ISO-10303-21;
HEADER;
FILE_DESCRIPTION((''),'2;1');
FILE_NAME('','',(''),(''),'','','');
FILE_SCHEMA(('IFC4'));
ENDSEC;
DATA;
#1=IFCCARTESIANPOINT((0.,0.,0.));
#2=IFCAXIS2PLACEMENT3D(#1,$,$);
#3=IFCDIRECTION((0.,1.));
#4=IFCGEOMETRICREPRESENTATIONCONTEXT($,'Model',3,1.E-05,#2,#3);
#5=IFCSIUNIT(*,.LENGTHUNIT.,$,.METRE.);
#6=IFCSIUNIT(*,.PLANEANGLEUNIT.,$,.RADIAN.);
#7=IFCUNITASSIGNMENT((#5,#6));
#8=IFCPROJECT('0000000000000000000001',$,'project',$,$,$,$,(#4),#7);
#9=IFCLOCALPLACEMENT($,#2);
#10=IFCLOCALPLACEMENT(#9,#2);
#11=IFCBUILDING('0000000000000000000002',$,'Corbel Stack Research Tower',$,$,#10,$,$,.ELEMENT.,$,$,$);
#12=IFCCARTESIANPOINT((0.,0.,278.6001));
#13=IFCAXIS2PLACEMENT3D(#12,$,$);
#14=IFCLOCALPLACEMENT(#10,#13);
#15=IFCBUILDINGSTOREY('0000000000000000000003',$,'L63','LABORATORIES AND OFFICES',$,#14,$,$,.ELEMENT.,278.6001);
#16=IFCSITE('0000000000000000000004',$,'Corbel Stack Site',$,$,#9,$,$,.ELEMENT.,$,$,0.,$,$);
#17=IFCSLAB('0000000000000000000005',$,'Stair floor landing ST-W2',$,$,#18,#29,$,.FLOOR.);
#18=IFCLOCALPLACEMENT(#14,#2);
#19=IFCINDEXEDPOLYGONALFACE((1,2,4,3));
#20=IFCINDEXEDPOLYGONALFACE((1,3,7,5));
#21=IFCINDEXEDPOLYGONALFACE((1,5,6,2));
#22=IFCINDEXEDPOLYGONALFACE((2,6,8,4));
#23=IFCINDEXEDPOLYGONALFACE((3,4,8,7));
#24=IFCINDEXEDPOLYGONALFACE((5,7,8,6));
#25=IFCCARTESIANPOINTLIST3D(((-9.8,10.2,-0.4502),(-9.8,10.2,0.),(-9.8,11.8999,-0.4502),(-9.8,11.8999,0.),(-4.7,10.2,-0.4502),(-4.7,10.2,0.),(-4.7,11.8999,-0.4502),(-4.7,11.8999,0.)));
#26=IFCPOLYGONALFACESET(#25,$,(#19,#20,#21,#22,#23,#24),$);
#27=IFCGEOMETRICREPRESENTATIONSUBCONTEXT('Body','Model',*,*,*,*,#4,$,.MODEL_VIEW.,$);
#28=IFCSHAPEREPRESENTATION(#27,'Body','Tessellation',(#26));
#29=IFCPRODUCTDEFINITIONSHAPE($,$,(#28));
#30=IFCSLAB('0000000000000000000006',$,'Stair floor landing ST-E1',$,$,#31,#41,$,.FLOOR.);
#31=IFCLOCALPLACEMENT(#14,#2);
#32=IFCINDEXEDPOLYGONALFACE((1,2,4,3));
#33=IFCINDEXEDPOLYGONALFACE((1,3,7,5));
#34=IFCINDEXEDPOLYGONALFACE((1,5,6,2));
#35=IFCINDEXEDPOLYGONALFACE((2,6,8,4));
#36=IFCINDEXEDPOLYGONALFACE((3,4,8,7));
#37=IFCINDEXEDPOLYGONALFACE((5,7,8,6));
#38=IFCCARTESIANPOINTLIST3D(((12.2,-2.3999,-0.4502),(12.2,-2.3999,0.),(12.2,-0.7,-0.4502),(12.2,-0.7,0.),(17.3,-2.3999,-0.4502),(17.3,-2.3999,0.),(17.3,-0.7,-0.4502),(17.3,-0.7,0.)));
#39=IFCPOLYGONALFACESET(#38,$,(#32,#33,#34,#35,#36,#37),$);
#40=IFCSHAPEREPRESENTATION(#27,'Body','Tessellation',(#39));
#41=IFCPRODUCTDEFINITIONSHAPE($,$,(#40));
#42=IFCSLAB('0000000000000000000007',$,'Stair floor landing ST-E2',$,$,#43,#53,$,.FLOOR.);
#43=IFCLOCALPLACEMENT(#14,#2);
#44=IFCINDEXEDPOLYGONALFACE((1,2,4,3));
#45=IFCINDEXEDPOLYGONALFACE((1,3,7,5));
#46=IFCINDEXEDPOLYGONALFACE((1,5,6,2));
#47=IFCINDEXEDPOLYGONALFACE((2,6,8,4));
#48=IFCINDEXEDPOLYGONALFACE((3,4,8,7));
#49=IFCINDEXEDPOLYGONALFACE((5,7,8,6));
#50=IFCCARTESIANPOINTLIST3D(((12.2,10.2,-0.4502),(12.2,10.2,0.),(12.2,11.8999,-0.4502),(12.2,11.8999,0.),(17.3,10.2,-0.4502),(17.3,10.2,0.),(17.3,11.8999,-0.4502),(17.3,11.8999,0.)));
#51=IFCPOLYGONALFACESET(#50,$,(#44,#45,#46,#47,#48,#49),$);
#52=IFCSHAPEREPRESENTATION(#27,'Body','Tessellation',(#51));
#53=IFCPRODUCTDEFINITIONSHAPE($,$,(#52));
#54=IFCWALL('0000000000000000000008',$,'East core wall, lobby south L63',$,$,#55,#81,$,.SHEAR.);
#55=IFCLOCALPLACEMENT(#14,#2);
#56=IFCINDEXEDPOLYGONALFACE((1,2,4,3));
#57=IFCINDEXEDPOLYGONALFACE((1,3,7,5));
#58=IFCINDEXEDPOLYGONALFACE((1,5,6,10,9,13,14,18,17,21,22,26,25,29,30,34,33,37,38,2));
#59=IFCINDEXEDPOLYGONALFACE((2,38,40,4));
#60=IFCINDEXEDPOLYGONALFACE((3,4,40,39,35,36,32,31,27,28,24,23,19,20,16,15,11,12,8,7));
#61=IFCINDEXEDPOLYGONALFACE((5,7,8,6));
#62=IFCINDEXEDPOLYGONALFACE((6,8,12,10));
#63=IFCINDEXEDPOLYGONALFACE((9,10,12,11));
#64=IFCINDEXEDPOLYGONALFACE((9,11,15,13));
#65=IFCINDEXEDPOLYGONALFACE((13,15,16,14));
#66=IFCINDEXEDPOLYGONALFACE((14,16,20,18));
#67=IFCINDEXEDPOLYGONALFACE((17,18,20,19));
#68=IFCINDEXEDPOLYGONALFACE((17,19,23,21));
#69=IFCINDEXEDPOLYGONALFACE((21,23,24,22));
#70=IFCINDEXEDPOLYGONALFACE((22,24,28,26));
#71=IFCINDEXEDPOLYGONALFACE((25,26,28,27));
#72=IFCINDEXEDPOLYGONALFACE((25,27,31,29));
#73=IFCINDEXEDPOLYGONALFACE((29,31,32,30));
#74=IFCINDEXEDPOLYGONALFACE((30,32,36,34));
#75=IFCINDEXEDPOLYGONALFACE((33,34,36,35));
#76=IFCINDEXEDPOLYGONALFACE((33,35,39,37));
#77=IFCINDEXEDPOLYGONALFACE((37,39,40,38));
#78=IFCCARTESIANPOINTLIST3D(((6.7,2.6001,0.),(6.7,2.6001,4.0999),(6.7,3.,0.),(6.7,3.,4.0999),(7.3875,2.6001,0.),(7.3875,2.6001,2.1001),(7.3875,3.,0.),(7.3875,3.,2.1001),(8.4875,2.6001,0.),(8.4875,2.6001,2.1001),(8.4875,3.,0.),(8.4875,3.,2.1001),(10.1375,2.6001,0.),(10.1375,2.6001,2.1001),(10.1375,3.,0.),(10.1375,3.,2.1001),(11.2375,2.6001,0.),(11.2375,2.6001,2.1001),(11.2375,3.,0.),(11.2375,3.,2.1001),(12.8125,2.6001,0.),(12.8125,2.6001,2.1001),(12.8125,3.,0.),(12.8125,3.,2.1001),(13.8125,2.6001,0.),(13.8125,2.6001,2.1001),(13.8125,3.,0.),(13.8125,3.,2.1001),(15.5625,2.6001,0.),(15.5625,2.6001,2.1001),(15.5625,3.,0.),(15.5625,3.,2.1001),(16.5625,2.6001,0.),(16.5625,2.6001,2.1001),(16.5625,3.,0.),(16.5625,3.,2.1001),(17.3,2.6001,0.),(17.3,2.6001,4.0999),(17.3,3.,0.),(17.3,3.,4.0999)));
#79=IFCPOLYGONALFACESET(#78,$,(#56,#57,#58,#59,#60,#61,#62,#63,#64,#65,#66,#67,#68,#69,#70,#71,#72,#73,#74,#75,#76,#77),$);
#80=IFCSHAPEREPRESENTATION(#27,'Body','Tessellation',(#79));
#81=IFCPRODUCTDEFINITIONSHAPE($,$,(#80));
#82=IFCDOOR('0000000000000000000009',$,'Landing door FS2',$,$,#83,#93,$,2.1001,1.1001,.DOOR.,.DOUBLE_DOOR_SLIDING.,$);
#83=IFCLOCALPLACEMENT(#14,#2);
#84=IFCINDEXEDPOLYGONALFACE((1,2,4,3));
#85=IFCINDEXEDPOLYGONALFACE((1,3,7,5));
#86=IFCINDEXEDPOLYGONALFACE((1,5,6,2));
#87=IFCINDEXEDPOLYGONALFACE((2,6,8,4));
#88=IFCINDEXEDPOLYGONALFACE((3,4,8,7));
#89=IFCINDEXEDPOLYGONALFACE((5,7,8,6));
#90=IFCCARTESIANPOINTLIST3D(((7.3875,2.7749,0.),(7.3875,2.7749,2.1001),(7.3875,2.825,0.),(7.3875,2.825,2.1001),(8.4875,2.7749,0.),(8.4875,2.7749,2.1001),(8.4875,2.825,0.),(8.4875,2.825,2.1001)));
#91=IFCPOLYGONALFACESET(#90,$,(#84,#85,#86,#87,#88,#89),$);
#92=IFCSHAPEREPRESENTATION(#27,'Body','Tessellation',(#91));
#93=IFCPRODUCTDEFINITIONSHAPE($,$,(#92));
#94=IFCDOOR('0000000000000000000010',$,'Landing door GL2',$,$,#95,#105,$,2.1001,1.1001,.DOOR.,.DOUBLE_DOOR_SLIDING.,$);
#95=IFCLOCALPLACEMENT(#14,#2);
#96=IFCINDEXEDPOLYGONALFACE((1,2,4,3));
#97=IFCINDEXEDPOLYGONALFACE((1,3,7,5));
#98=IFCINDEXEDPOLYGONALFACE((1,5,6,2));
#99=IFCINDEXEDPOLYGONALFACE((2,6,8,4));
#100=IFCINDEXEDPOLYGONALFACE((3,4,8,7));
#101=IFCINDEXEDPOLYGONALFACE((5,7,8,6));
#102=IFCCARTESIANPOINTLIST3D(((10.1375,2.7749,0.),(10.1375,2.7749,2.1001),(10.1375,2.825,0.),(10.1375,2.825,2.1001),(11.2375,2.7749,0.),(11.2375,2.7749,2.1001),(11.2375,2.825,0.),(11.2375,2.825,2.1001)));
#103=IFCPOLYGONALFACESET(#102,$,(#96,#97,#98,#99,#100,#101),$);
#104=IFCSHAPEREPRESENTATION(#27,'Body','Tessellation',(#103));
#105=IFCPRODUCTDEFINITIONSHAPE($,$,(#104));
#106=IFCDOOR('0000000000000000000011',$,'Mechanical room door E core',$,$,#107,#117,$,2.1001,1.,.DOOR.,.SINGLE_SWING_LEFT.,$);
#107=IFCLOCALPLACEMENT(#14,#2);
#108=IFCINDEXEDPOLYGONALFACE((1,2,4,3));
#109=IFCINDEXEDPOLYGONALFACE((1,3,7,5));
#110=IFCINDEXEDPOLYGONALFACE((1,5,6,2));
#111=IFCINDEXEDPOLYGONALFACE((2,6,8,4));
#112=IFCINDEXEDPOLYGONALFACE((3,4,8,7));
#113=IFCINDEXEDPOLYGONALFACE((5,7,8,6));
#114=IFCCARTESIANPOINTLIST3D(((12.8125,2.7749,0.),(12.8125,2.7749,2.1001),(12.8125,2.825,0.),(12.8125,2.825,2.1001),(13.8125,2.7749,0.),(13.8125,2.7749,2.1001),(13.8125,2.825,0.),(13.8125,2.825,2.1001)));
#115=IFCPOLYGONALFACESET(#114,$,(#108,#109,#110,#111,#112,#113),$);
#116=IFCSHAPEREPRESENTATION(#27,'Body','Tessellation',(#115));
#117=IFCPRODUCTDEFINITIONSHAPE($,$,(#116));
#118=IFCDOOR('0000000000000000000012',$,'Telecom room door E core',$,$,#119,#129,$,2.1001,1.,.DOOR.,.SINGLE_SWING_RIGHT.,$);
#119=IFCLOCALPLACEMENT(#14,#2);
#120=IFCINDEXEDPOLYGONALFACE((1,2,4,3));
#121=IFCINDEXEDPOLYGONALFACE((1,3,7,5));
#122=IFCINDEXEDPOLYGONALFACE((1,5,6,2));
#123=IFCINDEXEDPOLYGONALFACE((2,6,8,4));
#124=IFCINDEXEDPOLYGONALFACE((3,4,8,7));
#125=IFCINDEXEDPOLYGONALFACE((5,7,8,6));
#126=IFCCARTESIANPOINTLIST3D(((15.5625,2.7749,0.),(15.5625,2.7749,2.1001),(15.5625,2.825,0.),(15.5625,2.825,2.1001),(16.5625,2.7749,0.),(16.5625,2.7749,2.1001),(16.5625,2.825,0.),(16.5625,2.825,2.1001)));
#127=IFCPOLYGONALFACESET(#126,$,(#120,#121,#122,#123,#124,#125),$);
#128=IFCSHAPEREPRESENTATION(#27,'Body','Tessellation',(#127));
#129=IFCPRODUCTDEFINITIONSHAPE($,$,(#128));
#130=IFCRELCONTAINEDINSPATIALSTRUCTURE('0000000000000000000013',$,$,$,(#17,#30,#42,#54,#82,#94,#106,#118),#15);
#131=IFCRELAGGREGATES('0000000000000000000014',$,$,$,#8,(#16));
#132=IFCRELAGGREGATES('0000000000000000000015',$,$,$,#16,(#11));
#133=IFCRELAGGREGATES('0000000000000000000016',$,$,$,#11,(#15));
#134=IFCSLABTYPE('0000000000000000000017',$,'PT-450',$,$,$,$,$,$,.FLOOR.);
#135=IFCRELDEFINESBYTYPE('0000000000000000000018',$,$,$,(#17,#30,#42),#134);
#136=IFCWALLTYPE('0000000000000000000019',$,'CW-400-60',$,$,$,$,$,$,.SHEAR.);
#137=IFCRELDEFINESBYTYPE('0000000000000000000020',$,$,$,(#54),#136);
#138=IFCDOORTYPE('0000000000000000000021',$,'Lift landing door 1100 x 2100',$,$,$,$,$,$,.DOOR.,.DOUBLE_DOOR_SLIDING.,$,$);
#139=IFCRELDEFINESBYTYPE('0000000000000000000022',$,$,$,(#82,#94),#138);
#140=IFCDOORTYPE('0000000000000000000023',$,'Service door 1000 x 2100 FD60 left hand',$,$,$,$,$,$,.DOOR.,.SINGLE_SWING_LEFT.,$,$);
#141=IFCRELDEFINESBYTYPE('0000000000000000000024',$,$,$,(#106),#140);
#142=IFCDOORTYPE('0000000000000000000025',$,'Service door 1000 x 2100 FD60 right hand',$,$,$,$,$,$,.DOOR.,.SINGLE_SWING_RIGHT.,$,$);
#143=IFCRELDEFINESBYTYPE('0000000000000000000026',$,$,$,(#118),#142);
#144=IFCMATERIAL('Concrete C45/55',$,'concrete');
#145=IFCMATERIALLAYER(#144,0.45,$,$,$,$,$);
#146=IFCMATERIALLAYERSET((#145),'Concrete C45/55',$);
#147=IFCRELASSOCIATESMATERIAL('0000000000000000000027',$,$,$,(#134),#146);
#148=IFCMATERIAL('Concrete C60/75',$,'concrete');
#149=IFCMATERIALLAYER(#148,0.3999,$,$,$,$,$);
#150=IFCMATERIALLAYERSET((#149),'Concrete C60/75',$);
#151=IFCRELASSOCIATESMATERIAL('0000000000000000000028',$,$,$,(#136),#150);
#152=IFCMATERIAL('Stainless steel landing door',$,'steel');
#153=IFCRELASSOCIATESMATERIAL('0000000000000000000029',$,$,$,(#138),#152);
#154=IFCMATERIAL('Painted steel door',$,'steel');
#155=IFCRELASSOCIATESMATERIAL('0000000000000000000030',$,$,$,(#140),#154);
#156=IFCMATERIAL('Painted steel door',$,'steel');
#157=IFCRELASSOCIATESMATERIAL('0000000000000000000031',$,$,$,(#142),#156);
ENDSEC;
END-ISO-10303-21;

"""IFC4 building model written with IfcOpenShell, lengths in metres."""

from ifc_helpers import new_model, si_unit, direction, frame, frame_2d, origin, place, context, subcontext, project, spatial, polyline, rectangle, outline, extrude, material, layer, layer_set, type_object, element, fill, save


model = new_model("IFC4")

# Units and contexts
model_context = context("Model", 3, precision=1e-05, world=origin(), true_north=direction((0.0, 1.0)))
body_context = subcontext(model_context, "Body", "Model", "MODEL_VIEW")
ifc_project = project(units=[si_unit("LENGTHUNIT", "METRE"), si_unit("PLANEANGLEUNIT", "RADIAN")], contexts=[model_context])

# Site, building, storey
site_placement = place(None, origin())
site = spatial("IfcSite", under=ifc_project, at=site_placement, Name="Corbel Stack Site", CompositionType="ELEMENT", RefElevation=0.0)
building_placement = place(site_placement, origin())
building = spatial("IfcBuilding", under=site, at=building_placement, Name="Corbel Stack Research Tower", CompositionType="ELEMENT")
storey_placement = place(building_placement, frame((0.0, 0.0, 278.6001)))
storey = spatial("IfcBuildingStorey", under=building, at=storey_placement, Name="L63", Description="LABORATORIES AND OFFICES", CompositionType="ELEMENT", Elevation=278.6001)

# Slabs
ifc_material_1 = material(Name="Concrete C45/55", Category="concrete")
ifc_layer_1 = layer(ifc_material_1, 0.45)
ifc_layer_set_1 = layer_set([ifc_layer_1], Name="Concrete C45/55")
slab_type = type_object("IfcSlabType", Name="PT-450", PredefinedType="FLOOR", material=ifc_layer_set_1)
slab_1_placement = place(storey_placement, frame((0.0, 0.0, -0.4502)))
element("IfcSlab", 1, at=slab_1_placement, inside=storey, type_object=slab_type, Name="Stair floor landing ST-W2", PredefinedType="FLOOR", context=body_context, shape_type="SweptSolid", body=[
    extrude(outline(polyline([(-9.8, 10.2), (-4.7, 10.2), (-4.7, 11.8999), (-9.8, 11.8999), (-9.8, 10.2)])), origin(), (0.0, 0.0, 1.0), 0.4502),
])
slab_2_placement = place(storey_placement, frame((0.0, 0.0, -0.4502)))
element("IfcSlab", 2, at=slab_2_placement, inside=storey, type_object=slab_type, Name="Stair floor landing ST-E1", PredefinedType="FLOOR", context=body_context, shape_type="SweptSolid", body=[
    extrude(outline(polyline([(12.2, -2.3999), (17.3, -2.3999), (17.3, -0.7), (12.2, -0.7), (12.2, -2.3999)])), origin(), (0.0, 0.0, 1.0), 0.4502),
])
slab_3_placement = place(storey_placement, frame((0.0, 0.0, -0.4502)))
element("IfcSlab", 3, at=slab_3_placement, inside=storey, type_object=slab_type, Name="Stair floor landing ST-E2", PredefinedType="FLOOR", context=body_context, shape_type="SweptSolid", body=[
    extrude(outline(polyline([(12.2, 10.2), (17.3, 10.2), (17.3, 11.8999), (12.2, 11.8999), (12.2, 10.2)])), origin(), (0.0, 0.0, 1.0), 0.4502),
])

# Wall, openings, doors
ifc_material_2 = material(Name="Concrete C60/75", Category="concrete")
ifc_layer_2 = layer(ifc_material_2, 0.3999)
ifc_layer_set_2 = layer_set([ifc_layer_2], Name="Concrete C60/75")
wall_type_1 = type_object("IfcWallType", Name="CW-400-60", PredefinedType="SHEAR", material=ifc_layer_set_2)
wall_1_placement = place(storey_placement, frame((6.7, 2.8, 0.0), z_axis=(0.0, 0.0, 1.0), x_axis=(1.0, 0.0, 0.0)))
wall_1 = element("IfcWall", 4, at=wall_1_placement, inside=storey, type_object=wall_type_1, Name="East core wall, lobby south L63", PredefinedType="SHEAR", context=body_context, shape_type="SweptSolid", body=[
    extrude(rectangle(XDim=10.6001, YDim=0.3999, at=frame_2d((5.3, 0.0))), origin(), (0.0, 0.0, 1.0), 4.0999),
])
opening_1_placement = place(wall_1_placement, frame((0.6875, 0.0, 0.0)))
opening_1 = element("IfcOpeningElement", 5, at=opening_1_placement, cuts=wall_1, PredefinedType="OPENING", context=body_context, shape_type="SweptSolid", body=[
    extrude(rectangle(XDim=1.1001, YDim=2.1001, at=frame_2d((0.55, 1.05))), frame((0.0, 0.21, 0.0), z_axis=(0.0, -1.0, 0.0), x_axis=(1.0, 0.0, 0.0)), (0.0, 0.0, 1.0), 0.4199),
])
opening_2_placement = place(wall_1_placement, frame((3.4375, 0.0, 0.0)))
opening_2 = element("IfcOpeningElement", 6, at=opening_2_placement, cuts=wall_1, PredefinedType="OPENING", context=body_context, shape_type="SweptSolid", body=[
    extrude(rectangle(XDim=1.1001, YDim=2.1001, at=frame_2d((0.55, 1.05))), frame((0.0, 0.21, 0.0), z_axis=(0.0, -1.0, 0.0), x_axis=(1.0, 0.0, 0.0)), (0.0, 0.0, 1.0), 0.4199),
])
opening_3_placement = place(wall_1_placement, frame((6.1125, 0.0, 0.0)))
opening_3 = element("IfcOpeningElement", 7, at=opening_3_placement, cuts=wall_1, PredefinedType="OPENING", context=body_context, shape_type="SweptSolid", body=[
    extrude(rectangle(XDim=1.0, YDim=2.1001, at=frame_2d((0.5, 1.05))), frame((0.0, 0.21, 0.0), z_axis=(0.0, -1.0, 0.0), x_axis=(1.0, 0.0, 0.0)), (0.0, 0.0, 1.0), 0.4199),
])
opening_4_placement = place(wall_1_placement, frame((8.8625, 0.0, 0.0)))
opening_4 = element("IfcOpeningElement", 8, at=opening_4_placement, cuts=wall_1, PredefinedType="OPENING", context=body_context, shape_type="SweptSolid", body=[
    extrude(rectangle(XDim=1.0, YDim=2.1001, at=frame_2d((0.5, 1.05))), frame((0.0, 0.21, 0.0), z_axis=(0.0, -1.0, 0.0), x_axis=(1.0, 0.0, 0.0)), (0.0, 0.0, 1.0), 0.4199),
])
ifc_material_3 = material(Name="Stainless steel landing door", Category="steel")
door_type_1 = type_object("IfcDoorType", Name="Lift landing door 1100 x 2100", OperationType="DOUBLE_DOOR_SLIDING", PredefinedType="DOOR", material=ifc_material_3)
door_1_placement = place(opening_1_placement, origin())
door_1 = element("IfcDoor", 9, at=door_1_placement, inside=storey, type_object=door_type_1, Name="Landing door FS2", OperationType="DOUBLE_DOOR_SLIDING", OverallHeight=2.1001, OverallWidth=1.1001, PredefinedType="DOOR", context=body_context, shape_type="SweptSolid", body=[
    extrude(rectangle(XDim=1.1001, YDim=2.1001, at=frame_2d((0.55, 1.05))), frame((0.0, 0.0249, 0.0), z_axis=(0.0, -1.0, 0.0), x_axis=(1.0, 0.0, 0.0)), (0.0, 0.0, 1.0), 0.05),
])
fill(opening_1, door_1)
door_2_placement = place(opening_2_placement, origin())
door_2 = element("IfcDoor", 10, at=door_2_placement, inside=storey, type_object=door_type_1, Name="Landing door GL2", OperationType="DOUBLE_DOOR_SLIDING", OverallHeight=2.1001, OverallWidth=1.1001, PredefinedType="DOOR", context=body_context, shape_type="SweptSolid", body=[
    extrude(rectangle(XDim=1.1001, YDim=2.1001, at=frame_2d((0.55, 1.05))), frame((0.0, 0.0249, 0.0), z_axis=(0.0, -1.0, 0.0), x_axis=(1.0, 0.0, 0.0)), (0.0, 0.0, 1.0), 0.05),
])
fill(opening_2, door_2)
ifc_material_4 = material(Name="Painted steel door", Category="steel")
door_type_2 = type_object("IfcDoorType", Name="Service door 1000 x 2100 FD60 left hand", OperationType="SINGLE_SWING_LEFT", PredefinedType="DOOR", material=ifc_material_4)
door_3_placement = place(opening_3_placement, origin())
door_3 = element("IfcDoor", 11, at=door_3_placement, inside=storey, type_object=door_type_2, Name="Mechanical room door E core", OperationType="SINGLE_SWING_LEFT", OverallHeight=2.1001, OverallWidth=1.0, PredefinedType="DOOR", context=body_context, shape_type="SweptSolid", body=[
    extrude(rectangle(XDim=1.0, YDim=2.1001, at=frame_2d((0.5, 1.05))), frame((0.0, 0.0249, 0.0), z_axis=(0.0, -1.0, 0.0), x_axis=(1.0, 0.0, 0.0)), (0.0, 0.0, 1.0), 0.05),
])
fill(opening_3, door_3)
ifc_material_5 = material(Name="Painted steel door", Category="steel")
door_type_3 = type_object("IfcDoorType", Name="Service door 1000 x 2100 FD60 right hand", OperationType="SINGLE_SWING_RIGHT", PredefinedType="DOOR", material=ifc_material_5)
door_4_placement = place(opening_4_placement, origin())
door_4 = element("IfcDoor", 12, at=door_4_placement, inside=storey, type_object=door_type_3, Name="Telecom room door E core", OperationType="SINGLE_SWING_RIGHT", OverallHeight=2.1001, OverallWidth=1.0, PredefinedType="DOOR", context=body_context, shape_type="SweptSolid", body=[
    extrude(rectangle(XDim=1.0, YDim=2.1001, at=frame_2d((0.5, 1.05))), frame((0.0, 0.0249, 0.0), z_axis=(0.0, -1.0, 0.0), x_axis=(1.0, 0.0, 0.0)), (0.0, 0.0, 1.0), 0.05),
])
fill(opening_4, door_4)

save(model, "model.ifc")
